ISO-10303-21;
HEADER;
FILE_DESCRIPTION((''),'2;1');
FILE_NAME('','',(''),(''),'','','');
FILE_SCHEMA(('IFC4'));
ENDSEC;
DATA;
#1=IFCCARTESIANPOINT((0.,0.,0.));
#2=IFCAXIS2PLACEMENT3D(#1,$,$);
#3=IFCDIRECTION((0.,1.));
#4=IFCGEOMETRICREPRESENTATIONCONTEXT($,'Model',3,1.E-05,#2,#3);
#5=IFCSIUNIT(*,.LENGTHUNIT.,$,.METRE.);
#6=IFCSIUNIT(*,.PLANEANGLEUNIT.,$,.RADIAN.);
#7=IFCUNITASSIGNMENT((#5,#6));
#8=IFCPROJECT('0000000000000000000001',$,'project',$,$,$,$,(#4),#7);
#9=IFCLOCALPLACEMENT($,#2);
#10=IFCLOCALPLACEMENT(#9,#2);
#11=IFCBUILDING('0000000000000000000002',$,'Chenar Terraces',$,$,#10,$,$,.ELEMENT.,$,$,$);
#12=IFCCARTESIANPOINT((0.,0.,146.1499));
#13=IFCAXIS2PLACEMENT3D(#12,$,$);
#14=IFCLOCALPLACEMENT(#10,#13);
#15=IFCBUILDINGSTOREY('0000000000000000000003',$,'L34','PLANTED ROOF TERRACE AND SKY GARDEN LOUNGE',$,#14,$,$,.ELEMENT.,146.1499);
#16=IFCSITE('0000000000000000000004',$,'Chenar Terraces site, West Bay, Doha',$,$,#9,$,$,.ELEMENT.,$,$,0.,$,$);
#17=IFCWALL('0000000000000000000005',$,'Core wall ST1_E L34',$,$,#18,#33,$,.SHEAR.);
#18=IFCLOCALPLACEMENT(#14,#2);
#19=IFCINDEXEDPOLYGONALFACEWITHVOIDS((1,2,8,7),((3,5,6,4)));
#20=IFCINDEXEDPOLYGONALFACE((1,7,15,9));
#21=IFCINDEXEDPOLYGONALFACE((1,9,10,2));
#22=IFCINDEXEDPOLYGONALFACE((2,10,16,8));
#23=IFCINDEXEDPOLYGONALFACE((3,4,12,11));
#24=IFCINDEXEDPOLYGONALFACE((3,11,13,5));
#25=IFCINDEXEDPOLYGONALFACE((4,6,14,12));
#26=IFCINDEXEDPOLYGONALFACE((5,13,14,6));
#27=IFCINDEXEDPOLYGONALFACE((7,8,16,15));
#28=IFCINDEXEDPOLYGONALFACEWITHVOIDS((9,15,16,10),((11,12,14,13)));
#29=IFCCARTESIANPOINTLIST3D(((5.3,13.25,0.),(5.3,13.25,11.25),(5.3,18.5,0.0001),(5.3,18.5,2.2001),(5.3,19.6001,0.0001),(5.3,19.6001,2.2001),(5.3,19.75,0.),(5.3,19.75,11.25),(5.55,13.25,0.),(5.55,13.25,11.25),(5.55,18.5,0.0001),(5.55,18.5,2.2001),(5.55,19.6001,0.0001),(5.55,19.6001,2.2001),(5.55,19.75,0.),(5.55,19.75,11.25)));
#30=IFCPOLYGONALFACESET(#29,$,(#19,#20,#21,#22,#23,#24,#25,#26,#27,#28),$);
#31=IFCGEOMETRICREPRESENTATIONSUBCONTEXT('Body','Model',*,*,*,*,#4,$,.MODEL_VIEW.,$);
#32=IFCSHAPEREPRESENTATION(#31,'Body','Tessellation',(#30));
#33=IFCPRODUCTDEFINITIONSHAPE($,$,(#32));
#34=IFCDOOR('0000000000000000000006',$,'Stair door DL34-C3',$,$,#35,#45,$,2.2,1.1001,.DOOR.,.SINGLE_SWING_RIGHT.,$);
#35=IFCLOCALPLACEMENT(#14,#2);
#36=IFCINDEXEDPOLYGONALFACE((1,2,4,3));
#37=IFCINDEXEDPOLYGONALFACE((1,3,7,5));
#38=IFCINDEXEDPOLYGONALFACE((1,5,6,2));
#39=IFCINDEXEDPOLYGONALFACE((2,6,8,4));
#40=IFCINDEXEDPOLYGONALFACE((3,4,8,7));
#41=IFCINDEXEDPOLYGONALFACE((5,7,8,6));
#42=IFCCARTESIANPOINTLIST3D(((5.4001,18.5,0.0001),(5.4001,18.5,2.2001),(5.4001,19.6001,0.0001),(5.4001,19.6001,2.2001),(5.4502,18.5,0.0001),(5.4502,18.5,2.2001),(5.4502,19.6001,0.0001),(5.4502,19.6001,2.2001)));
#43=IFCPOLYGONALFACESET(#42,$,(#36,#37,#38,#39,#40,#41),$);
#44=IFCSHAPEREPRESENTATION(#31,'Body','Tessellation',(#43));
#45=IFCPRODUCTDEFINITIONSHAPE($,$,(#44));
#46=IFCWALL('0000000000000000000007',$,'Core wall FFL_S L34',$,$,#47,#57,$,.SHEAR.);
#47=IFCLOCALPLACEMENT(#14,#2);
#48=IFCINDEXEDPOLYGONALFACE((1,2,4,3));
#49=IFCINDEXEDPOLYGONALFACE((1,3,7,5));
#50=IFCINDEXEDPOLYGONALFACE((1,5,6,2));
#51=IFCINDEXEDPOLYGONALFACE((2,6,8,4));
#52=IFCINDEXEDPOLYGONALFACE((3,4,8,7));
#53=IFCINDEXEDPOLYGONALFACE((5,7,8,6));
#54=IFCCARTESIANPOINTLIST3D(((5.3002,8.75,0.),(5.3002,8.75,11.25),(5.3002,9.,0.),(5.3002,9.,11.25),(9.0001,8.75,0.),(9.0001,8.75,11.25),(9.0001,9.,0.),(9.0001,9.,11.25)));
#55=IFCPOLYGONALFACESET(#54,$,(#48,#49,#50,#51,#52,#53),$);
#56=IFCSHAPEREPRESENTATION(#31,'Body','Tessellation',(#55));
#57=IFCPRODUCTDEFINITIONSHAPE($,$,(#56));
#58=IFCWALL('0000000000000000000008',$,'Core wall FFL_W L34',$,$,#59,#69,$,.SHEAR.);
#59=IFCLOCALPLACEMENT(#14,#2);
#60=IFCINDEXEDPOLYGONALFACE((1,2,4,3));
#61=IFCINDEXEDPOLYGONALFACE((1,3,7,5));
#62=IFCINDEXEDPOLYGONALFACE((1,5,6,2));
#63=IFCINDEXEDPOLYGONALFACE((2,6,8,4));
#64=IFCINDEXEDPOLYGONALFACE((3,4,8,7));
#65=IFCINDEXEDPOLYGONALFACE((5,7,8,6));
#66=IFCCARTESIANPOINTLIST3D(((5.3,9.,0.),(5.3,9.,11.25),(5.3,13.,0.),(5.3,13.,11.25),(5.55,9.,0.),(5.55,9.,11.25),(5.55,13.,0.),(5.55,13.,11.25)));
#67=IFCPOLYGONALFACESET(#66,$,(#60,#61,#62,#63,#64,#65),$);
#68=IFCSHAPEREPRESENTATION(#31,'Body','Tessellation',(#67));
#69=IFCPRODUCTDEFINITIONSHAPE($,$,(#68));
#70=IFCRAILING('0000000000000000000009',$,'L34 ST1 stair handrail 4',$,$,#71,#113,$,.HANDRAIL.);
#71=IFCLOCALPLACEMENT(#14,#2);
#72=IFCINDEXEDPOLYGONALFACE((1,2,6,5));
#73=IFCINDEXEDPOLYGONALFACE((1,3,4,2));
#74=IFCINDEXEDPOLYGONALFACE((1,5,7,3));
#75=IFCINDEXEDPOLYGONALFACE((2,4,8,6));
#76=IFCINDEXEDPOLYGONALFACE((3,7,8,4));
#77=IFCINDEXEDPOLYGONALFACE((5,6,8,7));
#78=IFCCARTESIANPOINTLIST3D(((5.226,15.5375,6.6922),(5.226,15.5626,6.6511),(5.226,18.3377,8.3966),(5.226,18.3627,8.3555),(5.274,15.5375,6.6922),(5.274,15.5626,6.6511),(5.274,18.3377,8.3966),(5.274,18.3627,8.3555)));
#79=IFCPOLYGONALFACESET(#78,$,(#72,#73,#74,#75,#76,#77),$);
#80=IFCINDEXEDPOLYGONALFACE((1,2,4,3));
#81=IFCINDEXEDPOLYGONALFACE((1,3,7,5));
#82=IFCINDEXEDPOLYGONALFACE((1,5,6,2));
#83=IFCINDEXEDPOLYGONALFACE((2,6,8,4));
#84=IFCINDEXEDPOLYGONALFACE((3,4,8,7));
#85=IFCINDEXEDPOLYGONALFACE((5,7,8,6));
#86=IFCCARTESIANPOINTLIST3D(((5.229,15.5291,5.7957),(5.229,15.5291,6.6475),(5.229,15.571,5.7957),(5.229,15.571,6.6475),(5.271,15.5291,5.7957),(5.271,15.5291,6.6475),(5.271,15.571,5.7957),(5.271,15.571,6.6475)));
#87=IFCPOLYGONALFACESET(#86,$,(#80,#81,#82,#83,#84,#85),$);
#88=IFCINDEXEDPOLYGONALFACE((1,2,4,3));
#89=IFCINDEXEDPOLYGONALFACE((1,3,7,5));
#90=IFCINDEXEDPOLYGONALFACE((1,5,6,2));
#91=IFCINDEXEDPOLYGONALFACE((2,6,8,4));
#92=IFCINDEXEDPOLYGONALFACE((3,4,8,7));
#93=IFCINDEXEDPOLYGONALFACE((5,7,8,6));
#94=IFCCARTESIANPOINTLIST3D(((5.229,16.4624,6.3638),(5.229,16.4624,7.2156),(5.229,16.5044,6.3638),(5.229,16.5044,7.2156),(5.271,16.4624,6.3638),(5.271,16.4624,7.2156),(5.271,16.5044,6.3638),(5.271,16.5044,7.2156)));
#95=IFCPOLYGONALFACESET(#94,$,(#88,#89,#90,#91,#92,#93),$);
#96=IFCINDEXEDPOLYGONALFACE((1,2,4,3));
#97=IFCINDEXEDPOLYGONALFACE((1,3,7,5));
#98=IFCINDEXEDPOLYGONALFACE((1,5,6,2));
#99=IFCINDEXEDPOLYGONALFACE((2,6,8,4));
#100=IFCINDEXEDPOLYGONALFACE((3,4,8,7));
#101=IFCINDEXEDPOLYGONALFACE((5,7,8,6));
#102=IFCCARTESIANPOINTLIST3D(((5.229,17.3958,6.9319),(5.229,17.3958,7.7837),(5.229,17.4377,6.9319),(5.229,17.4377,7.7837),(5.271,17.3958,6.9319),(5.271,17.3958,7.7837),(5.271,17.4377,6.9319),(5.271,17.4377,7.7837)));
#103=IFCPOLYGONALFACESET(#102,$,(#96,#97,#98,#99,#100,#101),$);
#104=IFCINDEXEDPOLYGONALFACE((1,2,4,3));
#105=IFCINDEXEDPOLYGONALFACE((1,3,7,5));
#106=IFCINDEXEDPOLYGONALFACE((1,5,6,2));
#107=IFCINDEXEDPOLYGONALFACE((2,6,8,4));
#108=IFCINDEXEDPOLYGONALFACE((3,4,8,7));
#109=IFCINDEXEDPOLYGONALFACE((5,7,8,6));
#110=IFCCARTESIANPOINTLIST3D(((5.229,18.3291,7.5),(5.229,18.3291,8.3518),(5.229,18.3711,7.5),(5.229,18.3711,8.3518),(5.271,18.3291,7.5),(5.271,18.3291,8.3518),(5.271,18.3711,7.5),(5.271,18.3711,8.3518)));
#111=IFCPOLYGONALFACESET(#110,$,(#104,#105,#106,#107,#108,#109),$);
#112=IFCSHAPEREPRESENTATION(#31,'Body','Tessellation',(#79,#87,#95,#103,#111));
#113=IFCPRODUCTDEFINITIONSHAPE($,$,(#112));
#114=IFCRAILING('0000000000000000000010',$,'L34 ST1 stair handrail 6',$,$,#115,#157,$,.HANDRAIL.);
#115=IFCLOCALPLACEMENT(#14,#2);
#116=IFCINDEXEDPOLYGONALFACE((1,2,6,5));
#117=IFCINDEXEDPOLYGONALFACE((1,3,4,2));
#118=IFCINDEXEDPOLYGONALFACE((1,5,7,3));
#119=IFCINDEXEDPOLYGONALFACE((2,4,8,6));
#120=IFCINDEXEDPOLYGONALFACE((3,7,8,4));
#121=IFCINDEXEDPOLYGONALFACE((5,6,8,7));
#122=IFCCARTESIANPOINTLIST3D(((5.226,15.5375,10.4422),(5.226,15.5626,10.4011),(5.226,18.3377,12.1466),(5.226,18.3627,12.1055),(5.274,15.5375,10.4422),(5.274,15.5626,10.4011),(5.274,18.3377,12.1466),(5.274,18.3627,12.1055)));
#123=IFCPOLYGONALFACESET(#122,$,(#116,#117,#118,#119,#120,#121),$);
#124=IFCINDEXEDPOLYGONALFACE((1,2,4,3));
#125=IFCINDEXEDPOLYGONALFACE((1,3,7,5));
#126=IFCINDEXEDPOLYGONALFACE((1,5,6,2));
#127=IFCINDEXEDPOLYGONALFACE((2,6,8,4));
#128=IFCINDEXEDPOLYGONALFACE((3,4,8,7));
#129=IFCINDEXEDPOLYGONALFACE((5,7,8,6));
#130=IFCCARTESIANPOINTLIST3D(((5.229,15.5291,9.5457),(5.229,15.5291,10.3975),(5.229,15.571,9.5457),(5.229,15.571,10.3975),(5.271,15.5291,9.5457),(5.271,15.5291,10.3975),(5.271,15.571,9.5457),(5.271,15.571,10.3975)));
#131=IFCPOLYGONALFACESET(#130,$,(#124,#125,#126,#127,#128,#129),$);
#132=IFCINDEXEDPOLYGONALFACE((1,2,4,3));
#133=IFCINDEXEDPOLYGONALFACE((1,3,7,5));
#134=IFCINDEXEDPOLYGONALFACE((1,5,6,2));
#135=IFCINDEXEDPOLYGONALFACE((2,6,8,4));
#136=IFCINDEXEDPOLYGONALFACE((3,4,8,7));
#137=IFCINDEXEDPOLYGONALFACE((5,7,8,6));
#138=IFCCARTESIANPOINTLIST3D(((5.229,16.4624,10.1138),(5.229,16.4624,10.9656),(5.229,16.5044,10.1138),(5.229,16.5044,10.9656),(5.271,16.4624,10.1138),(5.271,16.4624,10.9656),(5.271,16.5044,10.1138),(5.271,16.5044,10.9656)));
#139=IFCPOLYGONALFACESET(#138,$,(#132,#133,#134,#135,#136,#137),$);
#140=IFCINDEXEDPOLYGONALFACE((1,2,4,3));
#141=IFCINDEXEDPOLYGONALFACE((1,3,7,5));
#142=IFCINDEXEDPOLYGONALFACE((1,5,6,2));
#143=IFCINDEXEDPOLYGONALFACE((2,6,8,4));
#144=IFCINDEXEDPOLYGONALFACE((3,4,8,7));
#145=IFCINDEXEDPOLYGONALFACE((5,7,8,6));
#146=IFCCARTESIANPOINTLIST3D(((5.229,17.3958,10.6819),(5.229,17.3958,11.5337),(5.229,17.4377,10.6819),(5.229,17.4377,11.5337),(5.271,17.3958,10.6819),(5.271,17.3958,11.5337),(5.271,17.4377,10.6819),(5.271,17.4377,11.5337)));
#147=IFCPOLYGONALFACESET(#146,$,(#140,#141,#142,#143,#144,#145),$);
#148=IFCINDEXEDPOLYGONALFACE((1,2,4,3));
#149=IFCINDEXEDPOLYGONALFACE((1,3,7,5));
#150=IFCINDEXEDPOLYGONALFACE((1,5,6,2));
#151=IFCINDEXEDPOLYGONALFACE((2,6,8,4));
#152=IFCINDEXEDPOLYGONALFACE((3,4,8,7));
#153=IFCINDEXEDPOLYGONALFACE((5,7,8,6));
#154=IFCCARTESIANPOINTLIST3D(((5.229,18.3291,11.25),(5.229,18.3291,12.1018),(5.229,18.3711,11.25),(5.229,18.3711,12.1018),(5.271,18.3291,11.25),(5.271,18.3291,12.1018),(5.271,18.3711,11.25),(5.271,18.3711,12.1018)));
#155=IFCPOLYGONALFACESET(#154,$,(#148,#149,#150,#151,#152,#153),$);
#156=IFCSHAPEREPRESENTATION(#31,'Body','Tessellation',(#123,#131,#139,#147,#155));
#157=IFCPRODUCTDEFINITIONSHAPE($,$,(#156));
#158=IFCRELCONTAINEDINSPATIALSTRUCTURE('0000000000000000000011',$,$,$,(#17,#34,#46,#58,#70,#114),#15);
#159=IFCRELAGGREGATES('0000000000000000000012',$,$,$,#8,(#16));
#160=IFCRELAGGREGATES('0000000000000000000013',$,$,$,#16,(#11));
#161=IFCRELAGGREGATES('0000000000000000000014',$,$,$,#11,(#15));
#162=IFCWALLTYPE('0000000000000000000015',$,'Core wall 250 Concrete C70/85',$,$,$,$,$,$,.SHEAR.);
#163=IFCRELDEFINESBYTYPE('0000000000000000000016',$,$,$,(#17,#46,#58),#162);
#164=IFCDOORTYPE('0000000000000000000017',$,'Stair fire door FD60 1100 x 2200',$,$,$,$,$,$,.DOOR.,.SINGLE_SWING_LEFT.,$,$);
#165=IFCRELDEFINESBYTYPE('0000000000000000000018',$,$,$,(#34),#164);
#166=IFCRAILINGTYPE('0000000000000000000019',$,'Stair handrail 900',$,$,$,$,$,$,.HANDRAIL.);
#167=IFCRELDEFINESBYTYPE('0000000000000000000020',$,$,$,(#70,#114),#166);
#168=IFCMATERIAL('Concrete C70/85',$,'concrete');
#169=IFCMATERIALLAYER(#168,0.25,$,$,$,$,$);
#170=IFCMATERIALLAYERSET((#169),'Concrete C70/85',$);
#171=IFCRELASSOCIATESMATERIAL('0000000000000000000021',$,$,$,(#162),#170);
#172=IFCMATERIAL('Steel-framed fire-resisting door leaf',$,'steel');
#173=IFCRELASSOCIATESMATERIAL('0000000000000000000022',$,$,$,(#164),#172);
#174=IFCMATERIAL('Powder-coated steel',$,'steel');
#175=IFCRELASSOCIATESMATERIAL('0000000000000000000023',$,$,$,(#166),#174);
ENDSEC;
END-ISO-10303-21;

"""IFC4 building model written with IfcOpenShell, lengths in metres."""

from ifc_helpers import new_model, si_unit, direction, frame, frame_2d, origin, origin_2d, place, context, subcontext, project, spatial, rectangle, extrude, material, layer, layer_set, type_object, element, fill, save


model = new_model("IFC4")

# Units and contexts
model_context = context("Model", 3, precision=1e-05, world=origin(), true_north=direction((0.0, 1.0)))
body_context = subcontext(model_context, "Body", "Model", "MODEL_VIEW")
ifc_project = project(units=[si_unit("LENGTHUNIT", "METRE"), si_unit("PLANEANGLEUNIT", "RADIAN")], contexts=[model_context])

# Site, building, storey
site_placement = place(None, origin())
site = spatial("IfcSite", under=ifc_project, at=site_placement, Name="Chenar Terraces site, West Bay, Doha", CompositionType="ELEMENT", RefElevation=0.0)
building_placement = place(site_placement, origin())
building = spatial("IfcBuilding", under=site, at=building_placement, Name="Chenar Terraces", CompositionType="ELEMENT")
storey_placement = place(building_placement, frame((0.0, 0.0, 146.1499)))
storey = spatial("IfcBuildingStorey", under=building, at=storey_placement, Name="L34", Description="PLANTED ROOF TERRACE AND SKY GARDEN LOUNGE", CompositionType="ELEMENT", Elevation=146.1499)

# Shared definitions
ifc_material_1 = material(Name="Concrete C70/85", Category="concrete")
ifc_layer = layer(ifc_material_1, 0.25)
ifc_layer_set = layer_set([ifc_layer], Name="Concrete C70/85")
wall_type = type_object("IfcWallType", Name="Core wall 250 Concrete C70/85", PredefinedType="SHEAR", material=ifc_layer_set)

# Wall, opening, door
wall_1_placement = place(storey_placement, frame((5.425, 13.25, 0.0), z_axis=(0.0, 0.0, 1.0), x_axis=(0.0, 1.0, 0.0)))
wall_1 = element("IfcWall", 1, at=wall_1_placement, inside=storey, type_object=wall_type, Name="Core wall ST1_E L34", PredefinedType="SHEAR", context=body_context, shape_type="SweptSolid", body=[
    extrude(rectangle(XDim=6.5, YDim=0.25, at=frame_2d((3.25, 0.0))), origin(), (0.0, 0.0, 1.0), 11.25),
])
opening_1_placement = place(wall_1_placement, frame((5.25, 0.0, 0.0)))
opening_1 = element("IfcOpeningElement", 2, at=opening_1_placement, cuts=wall_1, PredefinedType="OPENING", context=body_context, shape_type="SweptSolid", body=[
    extrude(rectangle(XDim=1.1001, YDim=2.2, at=frame_2d((0.55, 1.1001))), frame((0.0, 0.135, 0.0), z_axis=(0.0, -1.0, 0.0), x_axis=(1.0, 0.0, 0.0)), (0.0, 0.0, 1.0), 0.27),
])
ifc_material_2 = material(Name="Steel-framed fire-resisting door leaf", Category="steel")
door_type_1 = type_object("IfcDoorType", Name="Stair fire door FD60 1100 x 2200", OperationType="SINGLE_SWING_LEFT", PredefinedType="DOOR", material=ifc_material_2)
door_1_placement = place(opening_1_placement, origin())
door_1 = element("IfcDoor", 3, at=door_1_placement, inside=storey, type_object=door_type_1, Name="Stair door DL34-C3", OperationType="SINGLE_SWING_RIGHT", OverallHeight=2.2, OverallWidth=1.1001, PredefinedType="DOOR", context=body_context, shape_type="SweptSolid", body=[
    extrude(rectangle(XDim=1.1001, YDim=2.2, at=frame_2d((0.55, 1.1001))), frame((0.0, 0.0249, 0.0), z_axis=(0.0, -1.0, 0.0), x_axis=(1.0, 0.0, 0.0)), (0.0, 0.0, 1.0), 0.05),
])
fill(opening_1, door_1)

# Walls
wall_2_placement = place(storey_placement, frame((5.3, 8.875, 0.0), z_axis=(0.0, 0.0, 1.0), x_axis=(1.0, 0.0, 0.0)))
element("IfcWall", 4, at=wall_2_placement, inside=storey, type_object=wall_type, Name="Core wall FFL_S L34", PredefinedType="SHEAR", context=body_context, shape_type="SweptSolid", body=[
    extrude(rectangle(XDim=3.7, YDim=0.25, at=frame_2d((1.8501, 0.0))), origin(), (0.0, 0.0, 1.0), 11.25),
])
wall_3_placement = place(storey_placement, frame((5.425, 9.0, 0.0), z_axis=(0.0, 0.0, 1.0), x_axis=(0.0, 1.0, 0.0)))
element("IfcWall", 5, at=wall_3_placement, inside=storey, type_object=wall_type, Name="Core wall FFL_W L34", PredefinedType="SHEAR", context=body_context, shape_type="SweptSolid", body=[
    extrude(rectangle(XDim=4.0, YDim=0.25, at=frame_2d((2.0, 0.0))), origin(), (0.0, 0.0, 1.0), 11.25),
])

# Railings
ifc_material_3 = material(Name="Powder-coated steel", Category="steel")
railing_type = type_object("IfcRailingType", Name="Stair handrail 900", PredefinedType="HANDRAIL", material=ifc_material_3)
for number, where, name in (
    (6, (5.25, 15.55, 5.7957), "L34 ST1 stair handrail 4"),
    (7, (5.25, 15.55, 9.5457), "L34 ST1 stair handrail 6"),
):
    element("IfcRailing", number, at=place(storey_placement, frame(where)), inside=storey, type_object=railing_type, Name=name, PredefinedType="HANDRAIL", context=body_context, shape_type="SweptSolid", body=[
        extrude(rectangle(XDim=0.0481, YDim=0.0481, at=origin_2d()), frame((0.0, 0.0, 0.876), z_axis=(0.0, 0.854203, 0.51994), x_axis=(-1.0, 0.0, 0.0)), (0.0, 0.0, 1.0), 3.2781),
        extrude(rectangle(XDim=0.042, YDim=0.042, at=origin_2d()), origin(), (0.0, 0.0, 1.0), 0.8518),
        extrude(rectangle(XDim=0.042, YDim=0.042, at=origin_2d()), frame((0.0, 0.9333, 0.5681)), (0.0, 0.0, 1.0), 0.8518),
        extrude(rectangle(XDim=0.042, YDim=0.042, at=origin_2d()), frame((0.0, 1.8667, 1.1362)), (0.0, 0.0, 1.0), 0.8518),
        extrude(rectangle(XDim=0.042, YDim=0.042, at=origin_2d()), frame((0.0, 2.8, 1.7043)), (0.0, 0.0, 1.0), 0.8518),
    ])

save(model, "model.ifc")
